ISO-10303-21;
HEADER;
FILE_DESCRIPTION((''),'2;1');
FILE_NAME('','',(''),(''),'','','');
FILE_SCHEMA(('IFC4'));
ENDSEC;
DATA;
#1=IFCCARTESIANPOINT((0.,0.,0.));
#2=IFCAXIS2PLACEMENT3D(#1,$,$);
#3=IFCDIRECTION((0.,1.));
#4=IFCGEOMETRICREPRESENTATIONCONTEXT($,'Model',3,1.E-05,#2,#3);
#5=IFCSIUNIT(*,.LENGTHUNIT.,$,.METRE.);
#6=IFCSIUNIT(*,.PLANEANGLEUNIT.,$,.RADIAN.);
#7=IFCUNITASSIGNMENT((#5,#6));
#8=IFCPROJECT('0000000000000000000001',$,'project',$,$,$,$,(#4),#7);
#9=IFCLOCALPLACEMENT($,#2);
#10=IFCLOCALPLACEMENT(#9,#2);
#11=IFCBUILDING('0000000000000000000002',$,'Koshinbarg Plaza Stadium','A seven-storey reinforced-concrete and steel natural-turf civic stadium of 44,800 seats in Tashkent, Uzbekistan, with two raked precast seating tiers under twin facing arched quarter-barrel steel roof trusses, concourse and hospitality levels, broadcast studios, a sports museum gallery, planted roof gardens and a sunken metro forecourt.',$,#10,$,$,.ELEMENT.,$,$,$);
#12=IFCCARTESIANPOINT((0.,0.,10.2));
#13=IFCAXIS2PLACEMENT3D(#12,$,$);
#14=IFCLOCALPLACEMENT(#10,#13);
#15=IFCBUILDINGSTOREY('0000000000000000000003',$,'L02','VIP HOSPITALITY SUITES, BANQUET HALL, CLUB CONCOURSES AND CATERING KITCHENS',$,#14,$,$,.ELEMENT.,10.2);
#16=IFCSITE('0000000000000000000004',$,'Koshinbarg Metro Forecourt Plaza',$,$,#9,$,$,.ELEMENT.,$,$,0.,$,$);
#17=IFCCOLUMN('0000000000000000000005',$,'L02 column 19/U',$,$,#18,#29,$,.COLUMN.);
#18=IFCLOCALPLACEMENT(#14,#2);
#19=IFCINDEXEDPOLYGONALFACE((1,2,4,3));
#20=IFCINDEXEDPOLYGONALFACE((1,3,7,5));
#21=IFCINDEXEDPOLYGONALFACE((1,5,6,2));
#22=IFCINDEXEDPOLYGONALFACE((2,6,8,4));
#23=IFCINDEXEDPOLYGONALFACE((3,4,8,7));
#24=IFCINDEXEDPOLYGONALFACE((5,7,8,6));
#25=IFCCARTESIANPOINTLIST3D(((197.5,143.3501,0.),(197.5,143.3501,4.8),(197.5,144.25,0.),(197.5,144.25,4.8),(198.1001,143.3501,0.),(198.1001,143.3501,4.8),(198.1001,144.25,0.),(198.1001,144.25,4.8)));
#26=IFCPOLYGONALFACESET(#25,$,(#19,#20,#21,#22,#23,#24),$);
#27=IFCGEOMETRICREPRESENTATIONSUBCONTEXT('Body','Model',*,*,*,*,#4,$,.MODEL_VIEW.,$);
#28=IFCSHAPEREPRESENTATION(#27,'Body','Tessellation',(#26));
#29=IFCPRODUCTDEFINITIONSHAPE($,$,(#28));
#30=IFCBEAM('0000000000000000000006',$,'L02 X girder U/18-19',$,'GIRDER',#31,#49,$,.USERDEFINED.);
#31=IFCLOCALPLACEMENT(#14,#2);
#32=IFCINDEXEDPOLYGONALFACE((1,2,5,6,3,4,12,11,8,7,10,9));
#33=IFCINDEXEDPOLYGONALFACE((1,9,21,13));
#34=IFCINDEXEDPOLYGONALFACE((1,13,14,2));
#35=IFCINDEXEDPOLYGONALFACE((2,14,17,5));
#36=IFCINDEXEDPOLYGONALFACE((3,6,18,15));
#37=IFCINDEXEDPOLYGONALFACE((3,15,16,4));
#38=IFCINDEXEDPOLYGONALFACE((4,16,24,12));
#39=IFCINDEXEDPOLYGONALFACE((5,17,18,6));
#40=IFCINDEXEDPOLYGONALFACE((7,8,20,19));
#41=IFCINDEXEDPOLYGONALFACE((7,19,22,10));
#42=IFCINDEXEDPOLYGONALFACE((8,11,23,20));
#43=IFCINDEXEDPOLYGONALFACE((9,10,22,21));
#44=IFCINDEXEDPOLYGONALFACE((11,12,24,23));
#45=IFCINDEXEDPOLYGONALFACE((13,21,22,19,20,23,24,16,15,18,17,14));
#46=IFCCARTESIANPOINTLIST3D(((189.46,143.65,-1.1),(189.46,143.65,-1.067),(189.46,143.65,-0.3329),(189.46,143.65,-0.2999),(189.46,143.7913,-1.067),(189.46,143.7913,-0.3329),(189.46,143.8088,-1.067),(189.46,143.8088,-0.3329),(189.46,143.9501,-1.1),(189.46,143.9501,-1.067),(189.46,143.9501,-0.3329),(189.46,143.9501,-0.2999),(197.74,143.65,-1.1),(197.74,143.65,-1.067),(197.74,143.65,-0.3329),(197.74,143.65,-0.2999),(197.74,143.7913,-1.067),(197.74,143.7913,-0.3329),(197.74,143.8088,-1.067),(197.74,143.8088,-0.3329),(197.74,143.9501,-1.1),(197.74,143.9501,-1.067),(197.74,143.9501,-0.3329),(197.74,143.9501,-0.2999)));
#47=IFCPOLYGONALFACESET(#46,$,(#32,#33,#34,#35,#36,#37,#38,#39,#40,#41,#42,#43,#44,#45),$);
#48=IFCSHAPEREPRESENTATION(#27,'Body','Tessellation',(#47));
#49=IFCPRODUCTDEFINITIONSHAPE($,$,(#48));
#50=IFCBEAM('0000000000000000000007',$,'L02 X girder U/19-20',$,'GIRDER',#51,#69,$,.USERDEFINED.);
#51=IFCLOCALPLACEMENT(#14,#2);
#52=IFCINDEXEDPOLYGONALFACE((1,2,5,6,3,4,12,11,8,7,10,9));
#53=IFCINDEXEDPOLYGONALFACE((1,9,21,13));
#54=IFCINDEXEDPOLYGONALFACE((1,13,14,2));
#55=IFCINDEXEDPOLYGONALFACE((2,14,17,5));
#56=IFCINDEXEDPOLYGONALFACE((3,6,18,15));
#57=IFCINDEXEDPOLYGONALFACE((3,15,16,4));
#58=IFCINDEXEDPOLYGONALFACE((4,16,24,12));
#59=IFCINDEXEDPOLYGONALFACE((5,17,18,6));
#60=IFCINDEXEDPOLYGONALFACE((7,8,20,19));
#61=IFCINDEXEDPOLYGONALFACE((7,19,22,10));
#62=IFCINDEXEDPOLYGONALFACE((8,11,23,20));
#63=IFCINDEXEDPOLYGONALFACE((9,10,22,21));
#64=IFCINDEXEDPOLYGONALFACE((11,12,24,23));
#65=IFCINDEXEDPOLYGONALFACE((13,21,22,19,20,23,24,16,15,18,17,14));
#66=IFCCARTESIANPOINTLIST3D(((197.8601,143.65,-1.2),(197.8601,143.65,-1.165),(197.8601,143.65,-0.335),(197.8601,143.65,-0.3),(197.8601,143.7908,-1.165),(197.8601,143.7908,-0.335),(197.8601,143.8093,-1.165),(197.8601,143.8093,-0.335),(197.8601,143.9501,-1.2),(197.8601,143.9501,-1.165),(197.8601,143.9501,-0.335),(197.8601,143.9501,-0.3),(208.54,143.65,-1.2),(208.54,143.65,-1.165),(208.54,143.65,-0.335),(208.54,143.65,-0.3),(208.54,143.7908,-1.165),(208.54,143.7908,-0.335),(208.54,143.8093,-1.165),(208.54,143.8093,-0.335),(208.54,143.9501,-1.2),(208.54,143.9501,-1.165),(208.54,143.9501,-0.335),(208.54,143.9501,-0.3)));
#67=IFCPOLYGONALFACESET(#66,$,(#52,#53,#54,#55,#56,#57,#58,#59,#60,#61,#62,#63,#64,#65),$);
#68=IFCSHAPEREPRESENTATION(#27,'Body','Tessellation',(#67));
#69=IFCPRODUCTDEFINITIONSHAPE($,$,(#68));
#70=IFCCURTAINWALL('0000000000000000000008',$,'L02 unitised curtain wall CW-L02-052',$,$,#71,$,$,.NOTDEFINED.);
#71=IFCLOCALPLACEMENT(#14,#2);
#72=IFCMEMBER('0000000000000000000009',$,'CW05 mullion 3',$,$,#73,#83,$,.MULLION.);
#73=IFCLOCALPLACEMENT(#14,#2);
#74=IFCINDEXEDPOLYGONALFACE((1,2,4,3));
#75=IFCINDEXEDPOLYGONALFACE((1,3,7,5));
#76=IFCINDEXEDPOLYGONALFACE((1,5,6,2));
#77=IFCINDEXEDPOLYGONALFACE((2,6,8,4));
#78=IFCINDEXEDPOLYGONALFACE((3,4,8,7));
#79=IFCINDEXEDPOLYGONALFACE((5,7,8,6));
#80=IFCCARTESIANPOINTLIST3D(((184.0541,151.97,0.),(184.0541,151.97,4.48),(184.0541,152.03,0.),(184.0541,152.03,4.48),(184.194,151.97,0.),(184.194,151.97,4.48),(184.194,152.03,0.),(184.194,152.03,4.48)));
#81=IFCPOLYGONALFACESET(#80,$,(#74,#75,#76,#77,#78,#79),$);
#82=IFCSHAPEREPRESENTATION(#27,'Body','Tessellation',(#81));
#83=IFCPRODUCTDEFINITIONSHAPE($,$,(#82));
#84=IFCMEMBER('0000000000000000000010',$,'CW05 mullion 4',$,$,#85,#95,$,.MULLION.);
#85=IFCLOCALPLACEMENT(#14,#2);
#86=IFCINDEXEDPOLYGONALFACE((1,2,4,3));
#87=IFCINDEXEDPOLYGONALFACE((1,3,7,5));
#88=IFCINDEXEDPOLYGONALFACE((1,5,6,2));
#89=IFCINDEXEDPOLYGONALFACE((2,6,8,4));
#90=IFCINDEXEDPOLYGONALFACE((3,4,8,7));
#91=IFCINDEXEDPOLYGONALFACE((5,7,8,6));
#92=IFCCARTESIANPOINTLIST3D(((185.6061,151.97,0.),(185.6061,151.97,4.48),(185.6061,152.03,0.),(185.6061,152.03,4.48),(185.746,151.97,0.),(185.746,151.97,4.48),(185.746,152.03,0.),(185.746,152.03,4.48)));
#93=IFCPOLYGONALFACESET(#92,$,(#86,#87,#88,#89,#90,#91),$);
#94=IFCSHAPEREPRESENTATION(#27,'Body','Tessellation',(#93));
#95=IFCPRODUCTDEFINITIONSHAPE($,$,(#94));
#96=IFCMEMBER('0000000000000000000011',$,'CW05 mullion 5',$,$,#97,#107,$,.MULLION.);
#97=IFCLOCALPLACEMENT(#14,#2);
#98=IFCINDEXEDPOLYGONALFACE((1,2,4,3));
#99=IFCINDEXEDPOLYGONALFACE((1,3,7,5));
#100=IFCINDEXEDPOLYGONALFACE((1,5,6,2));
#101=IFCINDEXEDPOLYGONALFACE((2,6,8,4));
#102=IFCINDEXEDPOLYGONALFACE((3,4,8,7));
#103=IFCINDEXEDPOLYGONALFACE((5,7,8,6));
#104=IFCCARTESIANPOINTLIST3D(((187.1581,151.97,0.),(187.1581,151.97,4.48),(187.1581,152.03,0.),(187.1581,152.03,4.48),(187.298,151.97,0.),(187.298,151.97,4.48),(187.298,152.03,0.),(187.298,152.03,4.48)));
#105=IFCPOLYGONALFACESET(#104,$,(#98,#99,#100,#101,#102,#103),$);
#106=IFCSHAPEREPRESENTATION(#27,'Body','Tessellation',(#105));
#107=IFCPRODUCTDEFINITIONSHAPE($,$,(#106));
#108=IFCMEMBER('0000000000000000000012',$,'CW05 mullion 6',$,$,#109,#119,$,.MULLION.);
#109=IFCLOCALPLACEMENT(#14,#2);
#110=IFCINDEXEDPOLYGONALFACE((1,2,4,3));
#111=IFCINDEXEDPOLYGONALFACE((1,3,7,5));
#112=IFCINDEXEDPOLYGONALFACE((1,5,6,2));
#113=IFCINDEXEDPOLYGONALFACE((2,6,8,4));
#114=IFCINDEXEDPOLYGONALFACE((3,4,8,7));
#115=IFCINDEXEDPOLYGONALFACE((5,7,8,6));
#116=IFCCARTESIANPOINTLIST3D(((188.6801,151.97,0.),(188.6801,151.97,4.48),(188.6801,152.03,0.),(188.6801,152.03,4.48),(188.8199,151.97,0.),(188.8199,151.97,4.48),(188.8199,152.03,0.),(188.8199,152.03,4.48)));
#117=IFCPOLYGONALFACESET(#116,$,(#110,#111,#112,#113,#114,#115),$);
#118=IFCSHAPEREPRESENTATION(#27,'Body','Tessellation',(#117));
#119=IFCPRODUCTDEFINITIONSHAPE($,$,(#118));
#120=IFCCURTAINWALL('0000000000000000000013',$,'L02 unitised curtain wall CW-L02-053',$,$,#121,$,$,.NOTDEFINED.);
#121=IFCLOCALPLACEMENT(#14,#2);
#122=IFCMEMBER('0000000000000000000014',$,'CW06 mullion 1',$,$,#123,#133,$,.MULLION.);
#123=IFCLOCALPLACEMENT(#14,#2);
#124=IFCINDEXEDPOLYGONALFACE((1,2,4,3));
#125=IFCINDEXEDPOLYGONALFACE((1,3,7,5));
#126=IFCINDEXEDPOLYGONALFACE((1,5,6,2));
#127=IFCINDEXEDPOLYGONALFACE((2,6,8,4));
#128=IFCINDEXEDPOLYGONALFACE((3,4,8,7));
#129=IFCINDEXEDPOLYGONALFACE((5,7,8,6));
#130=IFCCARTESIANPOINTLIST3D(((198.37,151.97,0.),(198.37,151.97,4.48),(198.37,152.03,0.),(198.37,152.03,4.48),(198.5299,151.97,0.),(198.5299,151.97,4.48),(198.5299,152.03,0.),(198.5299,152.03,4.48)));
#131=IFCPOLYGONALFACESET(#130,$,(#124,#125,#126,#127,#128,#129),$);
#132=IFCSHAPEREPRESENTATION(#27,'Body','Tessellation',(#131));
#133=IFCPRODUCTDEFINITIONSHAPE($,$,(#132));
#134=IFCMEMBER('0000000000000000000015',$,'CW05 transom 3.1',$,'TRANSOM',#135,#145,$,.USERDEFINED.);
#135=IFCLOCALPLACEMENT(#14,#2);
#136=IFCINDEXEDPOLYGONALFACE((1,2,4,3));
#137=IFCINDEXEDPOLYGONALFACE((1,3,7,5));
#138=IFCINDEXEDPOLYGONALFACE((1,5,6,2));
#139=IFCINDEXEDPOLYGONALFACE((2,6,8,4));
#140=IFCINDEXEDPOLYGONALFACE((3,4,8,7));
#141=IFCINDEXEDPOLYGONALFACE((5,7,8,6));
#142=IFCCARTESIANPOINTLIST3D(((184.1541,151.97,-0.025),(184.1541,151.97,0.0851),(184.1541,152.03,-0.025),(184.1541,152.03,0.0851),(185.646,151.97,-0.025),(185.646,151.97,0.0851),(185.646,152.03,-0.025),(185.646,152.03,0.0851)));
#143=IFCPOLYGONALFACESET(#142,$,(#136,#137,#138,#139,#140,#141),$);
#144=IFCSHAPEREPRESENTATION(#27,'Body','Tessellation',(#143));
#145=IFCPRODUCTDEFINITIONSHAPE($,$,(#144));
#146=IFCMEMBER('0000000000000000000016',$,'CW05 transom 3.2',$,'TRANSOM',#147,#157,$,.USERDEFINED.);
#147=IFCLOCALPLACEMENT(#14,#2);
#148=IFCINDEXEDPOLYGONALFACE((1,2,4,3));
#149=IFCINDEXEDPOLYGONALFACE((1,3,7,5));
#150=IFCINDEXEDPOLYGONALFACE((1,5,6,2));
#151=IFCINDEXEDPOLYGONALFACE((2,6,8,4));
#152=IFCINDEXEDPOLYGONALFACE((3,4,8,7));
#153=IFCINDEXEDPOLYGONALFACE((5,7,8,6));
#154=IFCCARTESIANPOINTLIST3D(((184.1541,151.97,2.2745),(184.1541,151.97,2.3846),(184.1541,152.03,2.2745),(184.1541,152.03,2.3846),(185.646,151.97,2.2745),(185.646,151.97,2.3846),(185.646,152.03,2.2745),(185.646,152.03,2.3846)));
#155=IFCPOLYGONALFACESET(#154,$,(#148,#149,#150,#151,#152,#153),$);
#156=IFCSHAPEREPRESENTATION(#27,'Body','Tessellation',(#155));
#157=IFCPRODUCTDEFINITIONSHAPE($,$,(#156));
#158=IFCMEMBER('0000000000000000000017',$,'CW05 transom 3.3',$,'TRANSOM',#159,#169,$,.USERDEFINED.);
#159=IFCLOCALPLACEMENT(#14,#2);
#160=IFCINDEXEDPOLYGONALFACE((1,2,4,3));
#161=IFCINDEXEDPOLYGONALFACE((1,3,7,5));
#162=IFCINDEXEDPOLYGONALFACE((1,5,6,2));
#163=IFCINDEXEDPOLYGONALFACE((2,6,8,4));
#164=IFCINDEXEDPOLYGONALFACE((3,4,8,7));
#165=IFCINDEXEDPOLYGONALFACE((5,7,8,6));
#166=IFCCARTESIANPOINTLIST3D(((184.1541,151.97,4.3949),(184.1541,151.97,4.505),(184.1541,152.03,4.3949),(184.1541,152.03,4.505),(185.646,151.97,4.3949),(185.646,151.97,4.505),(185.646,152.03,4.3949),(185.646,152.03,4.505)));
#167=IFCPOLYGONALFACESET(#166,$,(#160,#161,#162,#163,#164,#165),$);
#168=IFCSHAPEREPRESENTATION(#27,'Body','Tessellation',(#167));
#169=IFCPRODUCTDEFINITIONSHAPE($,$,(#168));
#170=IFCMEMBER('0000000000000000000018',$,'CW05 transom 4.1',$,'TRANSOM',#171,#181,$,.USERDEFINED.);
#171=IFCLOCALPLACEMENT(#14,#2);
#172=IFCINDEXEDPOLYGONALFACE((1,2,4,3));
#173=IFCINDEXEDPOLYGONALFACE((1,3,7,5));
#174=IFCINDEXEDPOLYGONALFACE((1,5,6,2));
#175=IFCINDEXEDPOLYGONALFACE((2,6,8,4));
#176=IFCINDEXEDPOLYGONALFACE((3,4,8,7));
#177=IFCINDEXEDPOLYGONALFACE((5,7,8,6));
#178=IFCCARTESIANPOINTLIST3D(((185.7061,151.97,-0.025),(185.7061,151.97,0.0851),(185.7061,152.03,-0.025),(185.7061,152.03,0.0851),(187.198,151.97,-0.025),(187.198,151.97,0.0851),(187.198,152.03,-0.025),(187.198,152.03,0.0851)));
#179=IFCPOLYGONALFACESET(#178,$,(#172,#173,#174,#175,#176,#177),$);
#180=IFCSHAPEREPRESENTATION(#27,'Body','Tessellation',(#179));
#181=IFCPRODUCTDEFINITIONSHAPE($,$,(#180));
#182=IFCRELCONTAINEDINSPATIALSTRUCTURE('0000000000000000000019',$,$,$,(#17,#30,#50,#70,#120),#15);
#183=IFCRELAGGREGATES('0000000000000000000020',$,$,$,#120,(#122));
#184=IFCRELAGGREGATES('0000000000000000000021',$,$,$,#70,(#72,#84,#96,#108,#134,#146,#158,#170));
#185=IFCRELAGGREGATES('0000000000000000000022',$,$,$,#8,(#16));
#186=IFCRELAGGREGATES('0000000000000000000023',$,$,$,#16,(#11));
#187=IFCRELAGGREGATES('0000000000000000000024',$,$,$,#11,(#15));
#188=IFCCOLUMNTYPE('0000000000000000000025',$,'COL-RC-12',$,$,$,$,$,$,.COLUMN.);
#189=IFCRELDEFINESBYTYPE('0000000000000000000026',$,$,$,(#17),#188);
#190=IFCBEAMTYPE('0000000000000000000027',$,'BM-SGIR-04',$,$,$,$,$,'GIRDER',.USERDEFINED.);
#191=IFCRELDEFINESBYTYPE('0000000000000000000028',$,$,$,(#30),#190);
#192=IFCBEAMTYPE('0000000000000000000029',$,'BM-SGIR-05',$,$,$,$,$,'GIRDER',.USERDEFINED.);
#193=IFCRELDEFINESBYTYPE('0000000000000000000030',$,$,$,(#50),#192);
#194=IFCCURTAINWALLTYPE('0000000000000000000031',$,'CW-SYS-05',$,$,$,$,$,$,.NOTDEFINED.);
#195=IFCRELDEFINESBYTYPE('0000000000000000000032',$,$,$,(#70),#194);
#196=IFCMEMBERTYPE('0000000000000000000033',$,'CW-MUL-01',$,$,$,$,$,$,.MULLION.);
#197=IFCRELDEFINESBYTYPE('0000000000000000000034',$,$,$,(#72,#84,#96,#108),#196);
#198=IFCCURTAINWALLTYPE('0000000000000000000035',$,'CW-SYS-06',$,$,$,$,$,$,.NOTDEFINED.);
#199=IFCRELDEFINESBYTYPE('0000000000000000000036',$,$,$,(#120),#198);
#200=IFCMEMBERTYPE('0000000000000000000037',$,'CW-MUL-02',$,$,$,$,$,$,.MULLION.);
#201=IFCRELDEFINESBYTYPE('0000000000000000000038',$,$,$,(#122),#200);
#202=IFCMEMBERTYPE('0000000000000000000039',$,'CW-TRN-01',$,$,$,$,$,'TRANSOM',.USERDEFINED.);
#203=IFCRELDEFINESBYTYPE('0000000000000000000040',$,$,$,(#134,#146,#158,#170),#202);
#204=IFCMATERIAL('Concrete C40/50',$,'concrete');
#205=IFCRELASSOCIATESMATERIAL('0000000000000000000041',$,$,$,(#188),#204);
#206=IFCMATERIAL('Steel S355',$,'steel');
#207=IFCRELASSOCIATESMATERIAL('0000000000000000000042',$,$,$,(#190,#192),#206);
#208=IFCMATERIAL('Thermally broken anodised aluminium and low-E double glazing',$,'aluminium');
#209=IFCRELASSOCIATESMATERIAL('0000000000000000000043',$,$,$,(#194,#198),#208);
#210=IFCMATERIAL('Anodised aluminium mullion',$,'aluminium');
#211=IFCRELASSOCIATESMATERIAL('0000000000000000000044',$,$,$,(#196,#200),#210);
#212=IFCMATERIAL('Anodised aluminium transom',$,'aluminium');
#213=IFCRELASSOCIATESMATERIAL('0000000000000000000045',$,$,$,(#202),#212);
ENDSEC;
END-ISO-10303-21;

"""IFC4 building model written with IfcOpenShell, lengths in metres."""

from ifc_helpers import new_model, si_unit, direction, frame, origin, origin_2d, place, context, subcontext, project, spatial, rectangle, i_section, extrude, material, material_profile, profile_set, type_object, element, aggregate, save


model = new_model("IFC4")

# Units and contexts
model_context = context("Model", 3, precision=1e-05, world=origin(), true_north=direction((0.0, 1.0)))
body_context = subcontext(model_context, "Body", "Model", "MODEL_VIEW")
ifc_project = project(units=[si_unit("LENGTHUNIT", "METRE"), si_unit("PLANEANGLEUNIT", "RADIAN")], contexts=[model_context])

# Site, building, storey
site_placement = place(None, origin())
site = spatial("IfcSite", under=ifc_project, at=site_placement, Name="Koshinbarg Metro Forecourt Plaza", CompositionType="ELEMENT", RefElevation=0.0)
building_placement = place(site_placement, origin())
building = spatial("IfcBuilding", under=site, at=building_placement, Name="Koshinbarg Plaza Stadium", Description="A seven-storey reinforced-concrete and steel natural-turf civic stadium of 44,800 seats in Tashkent, Uzbekistan, with two raked precast seating tiers under twin facing arched quarter-barrel steel roof trusses, concourse and hospitality levels, broadcast studios, a sports museum gallery, planted roof gardens and a sunken metro forecourt.", CompositionType="ELEMENT")
storey_placement = place(building_placement, frame((0.0, 0.0, 10.2)))
storey = spatial("IfcBuildingStorey", under=building, at=storey_placement, Name="L02", Description="VIP HOSPITALITY SUITES, BANQUET HALL, CLUB CONCOURSES AND CATERING KITCHENS", CompositionType="ELEMENT", Elevation=10.2)

# Column
ifc_material_1 = material(Name="Concrete C40/50", Category="concrete")
ifc_material_profile_1 = material_profile(ifc_material_1, rectangle(XDim=0.6001, YDim=0.8999, at=origin_2d()), Name="RC 600x900")
ifc_profile_set_1 = profile_set([ifc_material_profile_1], Name="Concrete C40/50")
column_type = type_object("IfcColumnType", Name="COL-RC-12", PredefinedType="COLUMN", material=ifc_profile_set_1)
column_placement = place(storey_placement, frame((197.8, 143.8, 0.0), z_axis=(0.0, 0.0, 1.0), x_axis=(1.0, 0.0, 0.0)))
element("IfcColumn", 1, at=column_placement, inside=storey, type_object=column_type, Name="L02 column 19/U", PredefinedType="COLUMN", context=body_context, shape_type="SweptSolid", body=[
    extrude(rectangle(XDim=0.6001, YDim=0.8999, at=origin_2d()), origin(), (0.0, 0.0, 1.0), 4.8),
])

# Beams
ifc_material_2 = material(Name="Steel S355", Category="steel")
ifc_material_profile_2 = material_profile(ifc_material_2, i_section(OverallWidth=0.3, OverallDepth=0.8, WebThickness=0.0176, FlangeThickness=0.033, at=origin_2d()), Name="HEB 800")
ifc_profile_set_2 = profile_set([ifc_material_profile_2], Name="Steel S355")
beam_type_1 = type_object("IfcBeamType", Name="BM-SGIR-04", ElementType="GIRDER", PredefinedType="USERDEFINED", material=ifc_profile_set_2)
beam_1_placement = place(storey_placement, frame((189.46, 143.8, -0.7), z_axis=(1.0, 0.0, 0.0), x_axis=(0.0, 1.0, 0.0)))
element("IfcBeam", 2, at=beam_1_placement, inside=storey, type_object=beam_type_1, Name="L02 X girder U/18-19", ObjectType="GIRDER", PredefinedType="USERDEFINED", context=body_context, shape_type="SweptSolid", body=[
    extrude(i_section(OverallWidth=0.3, OverallDepth=0.8, WebThickness=0.0176, FlangeThickness=0.033, at=origin_2d()), origin(), (0.0, 0.0, 1.0), 8.28),
])
ifc_material_profile_3 = material_profile(ifc_material_2, i_section(OverallWidth=0.3, OverallDepth=0.8999, WebThickness=0.0186, FlangeThickness=0.0349, at=origin_2d()), Name="HEB 900")
ifc_profile_set_3 = profile_set([ifc_material_profile_3], Name="Steel S355")
beam_type_2 = type_object("IfcBeamType", Name="BM-SGIR-05", ElementType="GIRDER", PredefinedType="USERDEFINED", material=ifc_profile_set_3)
beam_2_placement = place(storey_placement, frame((197.8601, 143.8, -0.75), z_axis=(1.0, 0.0, 0.0), x_axis=(0.0, 1.0, 0.0)))
element("IfcBeam", 3, at=beam_2_placement, inside=storey, type_object=beam_type_2, Name="L02 X girder U/19-20", ObjectType="GIRDER", PredefinedType="USERDEFINED", context=body_context, shape_type="SweptSolid", body=[
    extrude(i_section(OverallWidth=0.3, OverallDepth=0.8999, WebThickness=0.0186, FlangeThickness=0.0349, at=origin_2d()), origin(), (0.0, 0.0, 1.0), 10.6799),
])

# Curtain wall, members
ifc_material_3 = material(Name="Thermally broken anodised aluminium and low-E double glazing", Category="aluminium")
curtain_wall_type_1 = type_object("IfcCurtainWallType", Name="CW-SYS-05", PredefinedType="NOTDEFINED", material=ifc_material_3)
curtain_wall_1_placement = place(storey_placement, origin())
curtain_wall_1 = element("IfcCurtainWall", 4, at=curtain_wall_1_placement, inside=storey, type_object=curtain_wall_type_1, Name="L02 unitised curtain wall CW-L02-052", PredefinedType="NOTDEFINED")
ifc_material_4 = material(Name="Anodised aluminium mullion", Category="aluminium")
ifc_material_profile_4 = material_profile(ifc_material_4, rectangle(XDim=0.0601, YDim=0.1399, at=origin_2d()), Name="ALU 60x140")
ifc_profile_set_4 = profile_set([ifc_material_profile_4], Name="Anodised aluminium mullion")
member_type_1 = type_object("IfcMemberType", Name="CW-MUL-01", PredefinedType="MULLION", material=ifc_profile_set_4)
member_1_placement = place(storey_placement, frame((184.124, 152.0, 0.0), z_axis=(0.0, 0.0, 1.0), x_axis=(0.0, 1.0, 0.0)))
member_1 = element("IfcMember", 5, at=member_1_placement, type_object=member_type_1, Name="CW05 mullion 3", PredefinedType="MULLION", context=body_context, shape_type="SweptSolid", body=[
    extrude(rectangle(XDim=0.0601, YDim=0.1399, at=origin_2d()), origin(), (0.0, 0.0, 1.0), 4.48),
])
member_2_placement = place(storey_placement, frame((185.676, 152.0, 0.0), z_axis=(0.0, 0.0, 1.0), x_axis=(0.0, 1.0, 0.0)))
member_2 = element("IfcMember", 6, at=member_2_placement, type_object=member_type_1, Name="CW05 mullion 4", PredefinedType="MULLION", context=body_context, shape_type="SweptSolid", body=[
    extrude(rectangle(XDim=0.0601, YDim=0.1399, at=origin_2d()), origin(), (0.0, 0.0, 1.0), 4.48),
])
member_3_placement = place(storey_placement, frame((187.228, 152.0, 0.0), z_axis=(0.0, 0.0, 1.0), x_axis=(0.0, 1.0, 0.0)))
member_3 = element("IfcMember", 7, at=member_3_placement, type_object=member_type_1, Name="CW05 mullion 5", PredefinedType="MULLION", context=body_context, shape_type="SweptSolid", body=[
    extrude(rectangle(XDim=0.0601, YDim=0.1399, at=origin_2d()), origin(), (0.0, 0.0, 1.0), 4.48),
])
member_4_placement = place(storey_placement, frame((188.75, 152.0, 0.0), z_axis=(0.0, 0.0, 1.0), x_axis=(0.0, 1.0, 0.0)))
member_4 = element("IfcMember", 8, at=member_4_placement, type_object=member_type_1, Name="CW05 mullion 6", PredefinedType="MULLION", context=body_context, shape_type="SweptSolid", body=[
    extrude(rectangle(XDim=0.0601, YDim=0.1399, at=origin_2d()), origin(), (0.0, 0.0, 1.0), 4.48),
])

# Curtain wall, member
curtain_wall_type_2 = type_object("IfcCurtainWallType", Name="CW-SYS-06", PredefinedType="NOTDEFINED", material=ifc_material_3)
curtain_wall_2_placement = place(storey_placement, origin())
curtain_wall_2 = element("IfcCurtainWall", 9, at=curtain_wall_2_placement, inside=storey, type_object=curtain_wall_type_2, Name="L02 unitised curtain wall CW-L02-053", PredefinedType="NOTDEFINED")
ifc_material_profile_5 = material_profile(ifc_material_4, rectangle(XDim=0.0601, YDim=0.1599, at=origin_2d()), Name="ALU 60x160")
ifc_profile_set_5 = profile_set([ifc_material_profile_5], Name="Anodised aluminium mullion")
member_type_2 = type_object("IfcMemberType", Name="CW-MUL-02", PredefinedType="MULLION", material=ifc_profile_set_5)
member_5_placement = place(storey_placement, frame((198.45, 152.0, 0.0), z_axis=(0.0, 0.0, 1.0), x_axis=(0.0, 1.0, 0.0)))
member_5 = element("IfcMember", 10, at=member_5_placement, type_object=member_type_2, Name="CW06 mullion 1", PredefinedType="MULLION", context=body_context, shape_type="SweptSolid", body=[
    extrude(rectangle(XDim=0.0601, YDim=0.1599, at=origin_2d()), origin(), (0.0, 0.0, 1.0), 4.48),
])

# Members
ifc_material_5 = material(Name="Anodised aluminium transom", Category="aluminium")
ifc_material_profile_6 = material_profile(ifc_material_5, rectangle(XDim=0.0601, YDim=0.1101, at=origin_2d()), Name="ALU 60x110")
ifc_profile_set_6 = profile_set([ifc_material_profile_6], Name="Anodised aluminium transom")
member_type_3 = type_object("IfcMemberType", Name="CW-TRN-01", ElementType="TRANSOM", PredefinedType="USERDEFINED", material=ifc_profile_set_6)
member_6_placement = place(storey_placement, frame((184.1541, 152.0, 0.03), z_axis=(1.0, 0.0, 0.0), x_axis=(0.0, 1.0, 0.0)))
member_6 = element("IfcMember", 11, at=member_6_placement, type_object=member_type_3, Name="CW05 transom 3.1", ObjectType="TRANSOM", PredefinedType="USERDEFINED", context=body_context, shape_type="SweptSolid", body=[
    extrude(rectangle(XDim=0.0601, YDim=0.1101, at=origin_2d()), origin(), (0.0, 0.0, 1.0), 1.4919),
])
member_7_placement = place(storey_placement, frame((184.1541, 152.0, 2.3296), z_axis=(1.0, 0.0, 0.0), x_axis=(0.0, 1.0, 0.0)))
member_7 = element("IfcMember", 12, at=member_7_placement, type_object=member_type_3, Name="CW05 transom 3.2", ObjectType="TRANSOM", PredefinedType="USERDEFINED", context=body_context, shape_type="SweptSolid", body=[
    extrude(rectangle(XDim=0.0601, YDim=0.1101, at=origin_2d()), origin(), (0.0, 0.0, 1.0), 1.4919),
])
member_8_placement = place(storey_placement, frame((184.1541, 152.0, 4.45), z_axis=(1.0, 0.0, 0.0), x_axis=(0.0, 1.0, 0.0)))
member_8 = element("IfcMember", 13, at=member_8_placement, type_object=member_type_3, Name="CW05 transom 3.3", ObjectType="TRANSOM", PredefinedType="USERDEFINED", context=body_context, shape_type="SweptSolid", body=[
    extrude(rectangle(XDim=0.0601, YDim=0.1101, at=origin_2d()), origin(), (0.0, 0.0, 1.0), 1.4919),
])
member_9_placement = place(storey_placement, frame((185.7061, 152.0, 0.03), z_axis=(1.0, 0.0, 0.0), x_axis=(0.0, 1.0, 0.0)))
member_9 = element("IfcMember", 14, at=member_9_placement, type_object=member_type_3, Name="CW05 transom 4.1", ObjectType="TRANSOM", PredefinedType="USERDEFINED", context=body_context, shape_type="SweptSolid", body=[
    extrude(rectangle(XDim=0.0601, YDim=0.1101, at=origin_2d()), origin(), (0.0, 0.0, 1.0), 1.4919),
])
aggregate(curtain_wall_2, [member_5])

aggregate(curtain_wall_1, [member_1, member_2, member_3, member_4, member_6, member_7, member_8, member_9])

save(model, "model.ifc")
